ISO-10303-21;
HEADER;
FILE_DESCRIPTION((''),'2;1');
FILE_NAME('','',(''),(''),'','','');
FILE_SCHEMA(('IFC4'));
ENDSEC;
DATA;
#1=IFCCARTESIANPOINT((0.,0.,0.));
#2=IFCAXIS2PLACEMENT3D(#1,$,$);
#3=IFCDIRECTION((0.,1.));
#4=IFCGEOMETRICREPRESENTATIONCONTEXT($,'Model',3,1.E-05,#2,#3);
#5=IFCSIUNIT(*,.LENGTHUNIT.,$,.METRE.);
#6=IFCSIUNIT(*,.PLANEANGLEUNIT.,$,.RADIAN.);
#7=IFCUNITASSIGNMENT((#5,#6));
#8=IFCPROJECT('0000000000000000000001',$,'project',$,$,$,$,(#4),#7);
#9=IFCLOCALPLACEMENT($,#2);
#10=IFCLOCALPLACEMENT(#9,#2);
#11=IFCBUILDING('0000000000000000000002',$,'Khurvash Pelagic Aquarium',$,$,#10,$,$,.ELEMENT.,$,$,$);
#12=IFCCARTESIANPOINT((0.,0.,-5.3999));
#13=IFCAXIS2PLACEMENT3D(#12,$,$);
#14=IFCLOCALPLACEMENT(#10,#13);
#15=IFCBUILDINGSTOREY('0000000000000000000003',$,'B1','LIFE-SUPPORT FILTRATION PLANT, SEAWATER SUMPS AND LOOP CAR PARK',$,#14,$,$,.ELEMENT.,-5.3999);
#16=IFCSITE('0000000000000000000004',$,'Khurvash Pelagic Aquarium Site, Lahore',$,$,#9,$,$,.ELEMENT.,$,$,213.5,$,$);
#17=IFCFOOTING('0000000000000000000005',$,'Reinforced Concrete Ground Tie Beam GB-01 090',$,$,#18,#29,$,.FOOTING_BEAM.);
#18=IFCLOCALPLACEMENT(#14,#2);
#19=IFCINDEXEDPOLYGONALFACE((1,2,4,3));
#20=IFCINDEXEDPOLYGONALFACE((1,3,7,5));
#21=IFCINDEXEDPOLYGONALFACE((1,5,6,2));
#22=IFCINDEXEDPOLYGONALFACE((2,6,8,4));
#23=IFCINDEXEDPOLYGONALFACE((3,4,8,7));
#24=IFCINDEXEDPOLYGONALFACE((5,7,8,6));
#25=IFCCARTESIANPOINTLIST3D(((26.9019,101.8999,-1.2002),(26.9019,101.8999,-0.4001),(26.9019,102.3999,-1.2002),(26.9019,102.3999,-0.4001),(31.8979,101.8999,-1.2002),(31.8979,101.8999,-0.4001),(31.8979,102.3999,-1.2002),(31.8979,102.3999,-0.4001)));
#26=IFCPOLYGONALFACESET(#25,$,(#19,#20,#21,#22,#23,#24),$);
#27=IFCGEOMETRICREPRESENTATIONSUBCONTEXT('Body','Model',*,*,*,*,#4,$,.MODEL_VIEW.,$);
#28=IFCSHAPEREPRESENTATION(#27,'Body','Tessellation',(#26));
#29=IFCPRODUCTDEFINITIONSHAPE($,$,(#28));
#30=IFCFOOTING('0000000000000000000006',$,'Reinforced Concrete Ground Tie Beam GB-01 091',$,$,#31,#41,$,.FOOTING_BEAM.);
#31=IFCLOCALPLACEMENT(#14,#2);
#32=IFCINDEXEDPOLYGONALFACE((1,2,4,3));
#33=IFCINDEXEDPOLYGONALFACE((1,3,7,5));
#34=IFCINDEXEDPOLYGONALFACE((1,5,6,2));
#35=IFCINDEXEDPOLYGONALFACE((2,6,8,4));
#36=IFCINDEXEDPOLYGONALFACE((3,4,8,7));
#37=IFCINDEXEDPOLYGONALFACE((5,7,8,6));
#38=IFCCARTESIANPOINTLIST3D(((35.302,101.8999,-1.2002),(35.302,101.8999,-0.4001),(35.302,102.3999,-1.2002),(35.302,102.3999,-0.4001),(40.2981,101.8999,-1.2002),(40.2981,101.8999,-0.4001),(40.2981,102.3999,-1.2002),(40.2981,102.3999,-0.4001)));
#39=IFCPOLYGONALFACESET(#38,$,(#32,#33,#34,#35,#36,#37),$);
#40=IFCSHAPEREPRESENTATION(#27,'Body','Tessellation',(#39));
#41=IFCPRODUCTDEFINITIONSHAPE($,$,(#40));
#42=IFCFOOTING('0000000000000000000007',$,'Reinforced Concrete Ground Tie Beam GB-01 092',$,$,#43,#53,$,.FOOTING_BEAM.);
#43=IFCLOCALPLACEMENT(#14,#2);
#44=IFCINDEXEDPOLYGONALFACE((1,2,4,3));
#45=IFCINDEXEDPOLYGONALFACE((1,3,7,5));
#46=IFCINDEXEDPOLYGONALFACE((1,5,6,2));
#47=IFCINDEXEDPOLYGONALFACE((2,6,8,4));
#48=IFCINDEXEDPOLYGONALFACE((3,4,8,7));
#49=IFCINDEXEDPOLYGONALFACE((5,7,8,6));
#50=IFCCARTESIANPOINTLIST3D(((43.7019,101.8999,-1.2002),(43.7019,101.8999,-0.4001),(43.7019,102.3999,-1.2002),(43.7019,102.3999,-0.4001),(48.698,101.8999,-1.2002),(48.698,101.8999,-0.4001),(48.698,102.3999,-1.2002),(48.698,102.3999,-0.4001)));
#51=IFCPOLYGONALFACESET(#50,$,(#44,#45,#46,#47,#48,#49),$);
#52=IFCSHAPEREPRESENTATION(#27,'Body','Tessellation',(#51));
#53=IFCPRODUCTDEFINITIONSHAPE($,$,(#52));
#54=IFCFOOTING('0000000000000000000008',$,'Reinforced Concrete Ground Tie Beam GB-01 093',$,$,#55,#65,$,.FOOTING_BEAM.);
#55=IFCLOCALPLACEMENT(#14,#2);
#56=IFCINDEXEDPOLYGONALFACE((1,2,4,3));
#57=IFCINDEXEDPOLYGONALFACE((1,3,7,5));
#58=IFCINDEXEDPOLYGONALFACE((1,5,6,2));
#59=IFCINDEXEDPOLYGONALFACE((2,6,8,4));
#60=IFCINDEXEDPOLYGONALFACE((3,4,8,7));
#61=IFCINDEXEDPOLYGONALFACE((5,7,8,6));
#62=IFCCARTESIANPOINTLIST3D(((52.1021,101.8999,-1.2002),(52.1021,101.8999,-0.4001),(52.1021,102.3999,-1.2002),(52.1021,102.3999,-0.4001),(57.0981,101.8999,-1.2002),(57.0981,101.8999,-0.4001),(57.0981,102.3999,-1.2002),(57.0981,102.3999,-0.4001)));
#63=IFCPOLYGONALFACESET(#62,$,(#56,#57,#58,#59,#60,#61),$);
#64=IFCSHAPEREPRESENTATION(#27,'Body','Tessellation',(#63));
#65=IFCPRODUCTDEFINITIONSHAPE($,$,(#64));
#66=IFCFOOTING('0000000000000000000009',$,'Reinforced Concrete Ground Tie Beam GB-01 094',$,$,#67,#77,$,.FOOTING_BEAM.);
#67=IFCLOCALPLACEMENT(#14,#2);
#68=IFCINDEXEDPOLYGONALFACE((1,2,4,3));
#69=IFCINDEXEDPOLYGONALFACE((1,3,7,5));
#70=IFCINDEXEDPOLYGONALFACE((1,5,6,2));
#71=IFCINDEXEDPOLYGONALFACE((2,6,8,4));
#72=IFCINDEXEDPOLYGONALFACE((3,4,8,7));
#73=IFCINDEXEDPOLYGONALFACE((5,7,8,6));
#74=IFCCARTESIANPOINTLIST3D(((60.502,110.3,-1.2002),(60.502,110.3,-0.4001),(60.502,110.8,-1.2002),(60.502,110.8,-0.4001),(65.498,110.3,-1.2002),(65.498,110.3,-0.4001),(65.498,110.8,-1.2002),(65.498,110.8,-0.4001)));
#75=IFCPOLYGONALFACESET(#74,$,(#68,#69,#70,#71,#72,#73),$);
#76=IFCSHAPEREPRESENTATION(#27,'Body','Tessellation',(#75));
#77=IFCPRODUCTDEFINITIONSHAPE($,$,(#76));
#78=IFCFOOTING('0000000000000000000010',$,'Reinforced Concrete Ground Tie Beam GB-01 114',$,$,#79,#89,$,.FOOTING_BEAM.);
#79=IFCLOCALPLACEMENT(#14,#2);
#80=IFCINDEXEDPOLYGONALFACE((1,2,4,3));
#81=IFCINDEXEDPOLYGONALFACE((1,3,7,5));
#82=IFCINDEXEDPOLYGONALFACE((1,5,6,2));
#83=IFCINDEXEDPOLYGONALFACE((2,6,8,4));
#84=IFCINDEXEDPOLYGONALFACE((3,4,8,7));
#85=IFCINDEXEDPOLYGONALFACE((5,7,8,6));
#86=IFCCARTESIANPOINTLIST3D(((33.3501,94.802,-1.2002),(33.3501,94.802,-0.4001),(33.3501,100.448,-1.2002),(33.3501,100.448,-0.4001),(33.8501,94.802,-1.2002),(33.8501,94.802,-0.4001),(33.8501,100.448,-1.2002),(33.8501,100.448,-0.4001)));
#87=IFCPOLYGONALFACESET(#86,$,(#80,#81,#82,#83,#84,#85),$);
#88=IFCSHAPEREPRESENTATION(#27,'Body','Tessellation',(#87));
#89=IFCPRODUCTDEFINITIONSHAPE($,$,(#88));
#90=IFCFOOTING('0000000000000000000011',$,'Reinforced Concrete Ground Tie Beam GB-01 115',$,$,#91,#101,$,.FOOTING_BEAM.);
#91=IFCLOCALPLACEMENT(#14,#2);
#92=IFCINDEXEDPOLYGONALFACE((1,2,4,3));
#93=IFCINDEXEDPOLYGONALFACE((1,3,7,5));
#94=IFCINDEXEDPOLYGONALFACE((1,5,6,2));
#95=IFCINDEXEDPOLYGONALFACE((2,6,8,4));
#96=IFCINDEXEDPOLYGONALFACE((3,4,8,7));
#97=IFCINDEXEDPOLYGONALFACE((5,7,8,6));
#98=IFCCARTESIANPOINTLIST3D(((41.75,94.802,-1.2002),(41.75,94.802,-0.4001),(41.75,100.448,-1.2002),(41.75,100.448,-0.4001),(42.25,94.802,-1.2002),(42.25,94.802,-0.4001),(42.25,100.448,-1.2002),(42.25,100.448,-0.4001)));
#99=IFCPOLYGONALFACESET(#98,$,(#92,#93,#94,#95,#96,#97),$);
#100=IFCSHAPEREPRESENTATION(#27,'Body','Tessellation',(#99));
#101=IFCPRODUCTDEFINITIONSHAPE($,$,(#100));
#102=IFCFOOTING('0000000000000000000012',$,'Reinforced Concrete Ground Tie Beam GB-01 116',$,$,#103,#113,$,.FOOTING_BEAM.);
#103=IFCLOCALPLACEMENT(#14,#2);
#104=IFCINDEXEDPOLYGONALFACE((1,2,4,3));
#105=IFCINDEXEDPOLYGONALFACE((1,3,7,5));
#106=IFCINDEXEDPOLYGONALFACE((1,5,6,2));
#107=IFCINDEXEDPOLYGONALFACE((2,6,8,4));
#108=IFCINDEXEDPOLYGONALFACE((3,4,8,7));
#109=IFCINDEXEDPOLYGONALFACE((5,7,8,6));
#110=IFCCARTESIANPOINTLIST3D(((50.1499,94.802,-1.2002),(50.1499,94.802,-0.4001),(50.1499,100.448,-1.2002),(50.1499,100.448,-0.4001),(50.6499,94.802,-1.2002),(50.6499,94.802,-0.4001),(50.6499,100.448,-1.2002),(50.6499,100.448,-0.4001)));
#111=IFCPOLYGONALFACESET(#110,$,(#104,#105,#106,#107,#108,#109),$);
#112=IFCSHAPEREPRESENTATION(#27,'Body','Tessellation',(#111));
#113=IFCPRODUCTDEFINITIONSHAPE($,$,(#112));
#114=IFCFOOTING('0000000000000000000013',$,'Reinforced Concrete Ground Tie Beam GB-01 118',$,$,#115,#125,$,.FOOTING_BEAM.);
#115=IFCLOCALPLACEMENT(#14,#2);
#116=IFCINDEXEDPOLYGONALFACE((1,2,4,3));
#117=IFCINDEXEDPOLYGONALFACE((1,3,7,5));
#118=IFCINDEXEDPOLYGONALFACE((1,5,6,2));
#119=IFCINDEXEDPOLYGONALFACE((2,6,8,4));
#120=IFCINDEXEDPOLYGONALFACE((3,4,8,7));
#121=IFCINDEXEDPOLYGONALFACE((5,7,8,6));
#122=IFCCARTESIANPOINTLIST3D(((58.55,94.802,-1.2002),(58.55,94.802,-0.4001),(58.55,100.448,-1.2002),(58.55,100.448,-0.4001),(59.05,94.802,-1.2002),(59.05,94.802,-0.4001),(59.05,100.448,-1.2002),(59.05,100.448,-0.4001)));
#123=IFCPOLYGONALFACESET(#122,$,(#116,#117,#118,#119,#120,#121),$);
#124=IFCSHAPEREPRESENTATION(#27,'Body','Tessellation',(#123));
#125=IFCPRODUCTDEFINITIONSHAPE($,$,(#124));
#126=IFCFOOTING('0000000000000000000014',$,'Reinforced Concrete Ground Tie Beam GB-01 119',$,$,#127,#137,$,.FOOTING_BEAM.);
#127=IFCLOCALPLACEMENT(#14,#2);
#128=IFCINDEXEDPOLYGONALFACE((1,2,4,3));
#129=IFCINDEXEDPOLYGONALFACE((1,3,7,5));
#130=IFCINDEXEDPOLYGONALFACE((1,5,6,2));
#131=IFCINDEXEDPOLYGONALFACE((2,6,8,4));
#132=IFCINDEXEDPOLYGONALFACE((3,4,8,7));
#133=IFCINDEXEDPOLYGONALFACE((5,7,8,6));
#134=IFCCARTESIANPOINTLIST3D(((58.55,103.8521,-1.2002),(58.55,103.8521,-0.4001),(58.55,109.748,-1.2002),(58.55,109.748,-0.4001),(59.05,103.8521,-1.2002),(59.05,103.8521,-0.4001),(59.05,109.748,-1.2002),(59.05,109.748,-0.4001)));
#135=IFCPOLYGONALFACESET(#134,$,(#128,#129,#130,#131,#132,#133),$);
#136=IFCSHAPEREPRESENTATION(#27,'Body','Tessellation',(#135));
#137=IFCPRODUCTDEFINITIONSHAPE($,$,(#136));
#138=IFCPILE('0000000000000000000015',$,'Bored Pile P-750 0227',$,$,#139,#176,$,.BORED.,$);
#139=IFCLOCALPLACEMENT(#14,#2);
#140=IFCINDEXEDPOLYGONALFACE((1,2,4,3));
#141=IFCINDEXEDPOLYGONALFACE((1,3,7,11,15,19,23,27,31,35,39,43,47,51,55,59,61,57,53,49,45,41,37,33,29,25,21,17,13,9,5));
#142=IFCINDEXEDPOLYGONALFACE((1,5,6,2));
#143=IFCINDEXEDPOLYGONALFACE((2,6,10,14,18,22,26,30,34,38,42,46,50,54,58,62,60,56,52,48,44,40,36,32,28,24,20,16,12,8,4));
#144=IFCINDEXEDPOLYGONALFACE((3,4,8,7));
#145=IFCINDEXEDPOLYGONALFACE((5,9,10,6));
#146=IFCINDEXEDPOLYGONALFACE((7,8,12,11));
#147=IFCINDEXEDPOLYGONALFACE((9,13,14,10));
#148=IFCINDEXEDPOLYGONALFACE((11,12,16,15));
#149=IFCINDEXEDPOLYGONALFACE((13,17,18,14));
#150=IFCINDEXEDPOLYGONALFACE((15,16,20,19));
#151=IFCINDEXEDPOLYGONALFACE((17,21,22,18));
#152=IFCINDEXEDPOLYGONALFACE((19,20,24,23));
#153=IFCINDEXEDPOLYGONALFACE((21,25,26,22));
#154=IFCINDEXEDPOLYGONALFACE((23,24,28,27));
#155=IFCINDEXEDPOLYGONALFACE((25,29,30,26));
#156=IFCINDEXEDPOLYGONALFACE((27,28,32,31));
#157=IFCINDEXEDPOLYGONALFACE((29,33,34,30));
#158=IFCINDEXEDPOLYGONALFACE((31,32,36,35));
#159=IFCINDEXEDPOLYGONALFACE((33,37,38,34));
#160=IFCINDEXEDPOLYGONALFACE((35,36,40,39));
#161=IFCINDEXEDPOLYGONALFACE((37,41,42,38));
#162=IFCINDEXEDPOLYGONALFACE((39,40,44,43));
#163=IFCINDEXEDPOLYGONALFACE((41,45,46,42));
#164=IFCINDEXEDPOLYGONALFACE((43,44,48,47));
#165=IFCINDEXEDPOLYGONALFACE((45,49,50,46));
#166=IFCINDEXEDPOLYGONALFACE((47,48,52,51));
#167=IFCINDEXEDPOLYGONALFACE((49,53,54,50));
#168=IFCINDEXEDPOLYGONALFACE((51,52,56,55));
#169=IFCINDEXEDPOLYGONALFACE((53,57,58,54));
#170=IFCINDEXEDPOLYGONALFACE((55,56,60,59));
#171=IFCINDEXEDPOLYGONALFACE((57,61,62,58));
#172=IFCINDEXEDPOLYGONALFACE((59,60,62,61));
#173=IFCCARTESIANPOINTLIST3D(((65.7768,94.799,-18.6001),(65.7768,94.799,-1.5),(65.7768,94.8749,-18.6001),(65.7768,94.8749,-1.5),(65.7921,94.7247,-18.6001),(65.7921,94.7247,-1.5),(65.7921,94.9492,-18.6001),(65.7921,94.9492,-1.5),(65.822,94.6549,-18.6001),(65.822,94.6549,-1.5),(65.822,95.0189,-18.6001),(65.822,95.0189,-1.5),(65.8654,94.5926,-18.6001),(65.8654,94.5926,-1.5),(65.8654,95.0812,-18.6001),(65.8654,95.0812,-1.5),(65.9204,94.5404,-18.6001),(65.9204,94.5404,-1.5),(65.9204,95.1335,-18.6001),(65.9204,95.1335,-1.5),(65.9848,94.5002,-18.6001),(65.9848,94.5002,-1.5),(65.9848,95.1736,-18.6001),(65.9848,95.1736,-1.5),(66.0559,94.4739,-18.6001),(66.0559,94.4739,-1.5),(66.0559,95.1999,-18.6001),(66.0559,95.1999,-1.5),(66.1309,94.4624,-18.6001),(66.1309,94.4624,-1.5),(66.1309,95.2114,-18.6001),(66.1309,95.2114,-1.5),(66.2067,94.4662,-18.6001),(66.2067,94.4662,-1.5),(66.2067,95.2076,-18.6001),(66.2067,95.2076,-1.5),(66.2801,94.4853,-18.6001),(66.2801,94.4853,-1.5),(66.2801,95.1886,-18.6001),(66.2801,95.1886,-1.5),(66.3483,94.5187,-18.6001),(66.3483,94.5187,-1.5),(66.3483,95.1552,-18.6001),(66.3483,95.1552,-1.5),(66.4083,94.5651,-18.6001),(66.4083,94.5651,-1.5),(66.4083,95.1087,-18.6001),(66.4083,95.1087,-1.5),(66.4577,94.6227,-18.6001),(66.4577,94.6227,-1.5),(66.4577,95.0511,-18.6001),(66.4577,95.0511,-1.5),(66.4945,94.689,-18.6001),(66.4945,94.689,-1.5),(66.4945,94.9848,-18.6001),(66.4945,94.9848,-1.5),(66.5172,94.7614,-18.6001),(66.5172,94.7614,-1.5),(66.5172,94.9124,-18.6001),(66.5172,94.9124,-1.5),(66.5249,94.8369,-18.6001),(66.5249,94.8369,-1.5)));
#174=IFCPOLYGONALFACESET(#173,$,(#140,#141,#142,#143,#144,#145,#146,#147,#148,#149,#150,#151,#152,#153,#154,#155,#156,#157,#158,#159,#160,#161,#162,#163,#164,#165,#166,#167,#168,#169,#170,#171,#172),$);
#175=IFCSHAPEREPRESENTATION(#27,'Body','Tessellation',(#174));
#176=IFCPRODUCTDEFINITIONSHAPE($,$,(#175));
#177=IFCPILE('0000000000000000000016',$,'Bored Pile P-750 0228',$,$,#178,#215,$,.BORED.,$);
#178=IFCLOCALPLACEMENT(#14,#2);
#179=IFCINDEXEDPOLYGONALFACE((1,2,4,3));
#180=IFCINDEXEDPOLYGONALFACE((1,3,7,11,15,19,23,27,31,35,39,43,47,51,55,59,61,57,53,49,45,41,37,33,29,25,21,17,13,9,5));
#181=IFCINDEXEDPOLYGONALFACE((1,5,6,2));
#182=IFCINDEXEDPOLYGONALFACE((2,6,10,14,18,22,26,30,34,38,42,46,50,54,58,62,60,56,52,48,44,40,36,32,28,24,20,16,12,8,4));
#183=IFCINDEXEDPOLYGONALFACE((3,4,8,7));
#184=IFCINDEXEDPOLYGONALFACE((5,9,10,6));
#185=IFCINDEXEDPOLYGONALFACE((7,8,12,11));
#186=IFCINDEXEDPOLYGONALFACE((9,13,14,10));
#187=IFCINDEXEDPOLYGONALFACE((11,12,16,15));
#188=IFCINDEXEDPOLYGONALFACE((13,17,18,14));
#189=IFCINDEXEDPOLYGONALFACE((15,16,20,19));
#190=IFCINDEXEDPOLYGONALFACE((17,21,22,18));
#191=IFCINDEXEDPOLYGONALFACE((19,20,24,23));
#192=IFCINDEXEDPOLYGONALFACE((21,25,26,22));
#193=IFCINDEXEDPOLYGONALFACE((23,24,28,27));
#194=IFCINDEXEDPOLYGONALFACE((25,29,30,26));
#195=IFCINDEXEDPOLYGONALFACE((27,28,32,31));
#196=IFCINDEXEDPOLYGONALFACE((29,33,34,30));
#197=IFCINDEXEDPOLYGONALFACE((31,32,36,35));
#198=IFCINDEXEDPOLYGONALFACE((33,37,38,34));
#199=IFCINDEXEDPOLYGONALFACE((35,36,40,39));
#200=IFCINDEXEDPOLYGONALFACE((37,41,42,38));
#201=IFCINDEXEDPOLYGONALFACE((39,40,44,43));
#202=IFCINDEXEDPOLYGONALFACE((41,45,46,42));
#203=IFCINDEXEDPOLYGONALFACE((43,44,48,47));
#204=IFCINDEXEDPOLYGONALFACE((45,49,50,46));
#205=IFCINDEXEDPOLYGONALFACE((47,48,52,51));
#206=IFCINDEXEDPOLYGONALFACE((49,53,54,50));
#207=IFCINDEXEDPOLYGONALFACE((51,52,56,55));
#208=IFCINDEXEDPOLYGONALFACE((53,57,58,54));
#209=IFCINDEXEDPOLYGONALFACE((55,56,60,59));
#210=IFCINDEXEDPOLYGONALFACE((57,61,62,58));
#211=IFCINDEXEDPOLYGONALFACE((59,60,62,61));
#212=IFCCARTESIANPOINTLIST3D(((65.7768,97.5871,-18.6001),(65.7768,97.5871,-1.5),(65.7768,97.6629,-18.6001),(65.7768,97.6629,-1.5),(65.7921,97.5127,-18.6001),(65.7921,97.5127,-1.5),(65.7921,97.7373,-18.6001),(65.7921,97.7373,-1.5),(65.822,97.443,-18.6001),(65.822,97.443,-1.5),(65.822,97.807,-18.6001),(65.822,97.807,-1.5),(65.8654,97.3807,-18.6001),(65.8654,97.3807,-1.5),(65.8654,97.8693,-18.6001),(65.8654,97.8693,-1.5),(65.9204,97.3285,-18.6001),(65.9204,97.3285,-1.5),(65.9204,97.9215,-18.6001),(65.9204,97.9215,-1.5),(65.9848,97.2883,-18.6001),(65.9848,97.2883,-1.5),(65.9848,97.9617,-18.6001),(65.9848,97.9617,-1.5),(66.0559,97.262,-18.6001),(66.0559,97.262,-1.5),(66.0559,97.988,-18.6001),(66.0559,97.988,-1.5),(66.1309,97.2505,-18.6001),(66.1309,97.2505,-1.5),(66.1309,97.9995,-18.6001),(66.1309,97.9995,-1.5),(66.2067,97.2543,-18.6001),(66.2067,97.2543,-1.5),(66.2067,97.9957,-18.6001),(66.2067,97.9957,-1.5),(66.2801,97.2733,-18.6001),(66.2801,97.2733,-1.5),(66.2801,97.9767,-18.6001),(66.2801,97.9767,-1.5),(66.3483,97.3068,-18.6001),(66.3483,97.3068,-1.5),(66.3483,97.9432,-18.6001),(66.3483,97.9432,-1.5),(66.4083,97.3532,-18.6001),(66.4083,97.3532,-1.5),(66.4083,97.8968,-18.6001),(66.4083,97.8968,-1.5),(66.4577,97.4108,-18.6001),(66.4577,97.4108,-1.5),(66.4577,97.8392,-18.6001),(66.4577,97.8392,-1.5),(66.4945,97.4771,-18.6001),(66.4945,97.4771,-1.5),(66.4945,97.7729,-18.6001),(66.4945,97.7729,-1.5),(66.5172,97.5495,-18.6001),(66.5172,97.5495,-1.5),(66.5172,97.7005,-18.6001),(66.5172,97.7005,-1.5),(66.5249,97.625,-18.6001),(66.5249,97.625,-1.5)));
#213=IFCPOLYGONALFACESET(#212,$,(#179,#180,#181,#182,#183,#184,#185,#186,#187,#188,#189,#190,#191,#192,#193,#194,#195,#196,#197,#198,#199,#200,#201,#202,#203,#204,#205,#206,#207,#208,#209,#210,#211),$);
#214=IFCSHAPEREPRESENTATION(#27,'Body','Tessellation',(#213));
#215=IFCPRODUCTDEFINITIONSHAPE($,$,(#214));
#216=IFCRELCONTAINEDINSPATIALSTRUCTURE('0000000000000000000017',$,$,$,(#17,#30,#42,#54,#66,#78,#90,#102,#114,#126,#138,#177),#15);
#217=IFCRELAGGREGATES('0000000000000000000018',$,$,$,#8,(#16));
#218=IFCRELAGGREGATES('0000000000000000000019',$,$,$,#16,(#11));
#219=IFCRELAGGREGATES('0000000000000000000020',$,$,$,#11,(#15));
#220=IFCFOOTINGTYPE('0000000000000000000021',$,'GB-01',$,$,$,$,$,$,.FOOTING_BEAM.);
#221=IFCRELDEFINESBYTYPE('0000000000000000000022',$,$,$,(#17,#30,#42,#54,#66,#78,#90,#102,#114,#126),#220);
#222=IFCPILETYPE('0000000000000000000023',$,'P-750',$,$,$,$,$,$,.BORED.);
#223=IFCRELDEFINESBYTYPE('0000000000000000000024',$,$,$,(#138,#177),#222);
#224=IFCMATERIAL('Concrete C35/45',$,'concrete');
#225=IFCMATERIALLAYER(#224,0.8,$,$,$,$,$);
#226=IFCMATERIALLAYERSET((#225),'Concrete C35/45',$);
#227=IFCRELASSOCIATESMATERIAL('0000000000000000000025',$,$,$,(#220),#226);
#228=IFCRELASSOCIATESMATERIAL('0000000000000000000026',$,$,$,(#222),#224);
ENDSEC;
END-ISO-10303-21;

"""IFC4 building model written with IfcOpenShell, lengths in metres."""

from ifc_helpers import new_model, si_unit, direction, frame, origin, origin_2d, place, context, subcontext, project, spatial, rectangle, circle, extrude, material, layer, layer_set, material_profile, profile_set, type_object, element, save


model = new_model("IFC4")

# Units and contexts
model_context = context("Model", 3, precision=1e-05, world=origin(), true_north=direction((0.0, 1.0)))
body_context = subcontext(model_context, "Body", "Model", "MODEL_VIEW")
ifc_project = project(units=[si_unit("LENGTHUNIT", "METRE"), si_unit("PLANEANGLEUNIT", "RADIAN")], contexts=[model_context])

# Site, building, storey
site_placement = place(None, origin())
site = spatial("IfcSite", under=ifc_project, at=site_placement, Name="Khurvash Pelagic Aquarium Site, Lahore", CompositionType="ELEMENT", RefElevation=213.5)
building_placement = place(site_placement, origin())
building = spatial("IfcBuilding", under=site, at=building_placement, Name="Khurvash Pelagic Aquarium", CompositionType="ELEMENT")
storey_placement = place(building_placement, frame((0.0, 0.0, -5.3999)))
storey = spatial("IfcBuildingStorey", under=building, at=storey_placement, Name="B1", Description="LIFE-SUPPORT FILTRATION PLANT, SEAWATER SUMPS AND LOOP CAR PARK", CompositionType="ELEMENT", Elevation=-5.3999)

# Footings
ifc_material_1 = material(Name="Concrete C35/45", Category="concrete")
ifc_layer_1 = layer(ifc_material_1, 0.8)
ifc_layer_set_1 = layer_set([ifc_layer_1], Name="Concrete C35/45")
footing_type_1 = type_object("IfcFootingType", Name="GB-01", PredefinedType="FOOTING_BEAM", material=ifc_layer_set_1)
for number, where, z_axis, x_axis, name in (
    (1, (29.3999, 102.1499, -1.2002), (0.0, 0.0, 1.0), (1.0, 0.0, 0.0), "Reinforced Concrete Ground Tie Beam GB-01 090"),
    (2, (37.8, 102.1499, -1.2002), (0.0, 0.0, 1.0), (1.0, 0.0, 0.0), "Reinforced Concrete Ground Tie Beam GB-01 091"),
    (3, (46.2, 102.1499, -1.2002), (0.0, 0.0, 1.0), (1.0, 0.0, 0.0), "Reinforced Concrete Ground Tie Beam GB-01 092"),
    (4, (54.6001, 102.1499, -1.2002), (0.0, 0.0, 1.0), (1.0, 0.0, 0.0), "Reinforced Concrete Ground Tie Beam GB-01 093"),
    (5, (63.0, 110.55, -1.2002), (0.0, 0.0, 1.0), (1.0, 0.0, 0.0), "Reinforced Concrete Ground Tie Beam GB-01 094"),
):
    element("IfcFooting", number, at=place(storey_placement, frame(where, z_axis=z_axis, x_axis=x_axis)), inside=storey, type_object=footing_type_1, Name=name, PredefinedType="FOOTING_BEAM", context=body_context, shape_type="SweptSolid", body=[
        extrude(rectangle(XDim=4.9961, YDim=0.5, at=origin_2d()), origin(), (0.0, 0.0, 1.0), 0.8),
    ])
for number, where, z_axis, x_axis, name in (
    (6, (33.6001, 97.625, -1.2002), (0.0, 0.0, 1.0), (0.0, 1.0, 0.0), "Reinforced Concrete Ground Tie Beam GB-01 114"),
    (7, (42.0, 97.625, -1.2002), (0.0, 0.0, 1.0), (0.0, 1.0, 0.0), "Reinforced Concrete Ground Tie Beam GB-01 115"),
    (8, (50.3999, 97.625, -1.2002), (0.0, 0.0, 1.0), (0.0, 1.0, 0.0), "Reinforced Concrete Ground Tie Beam GB-01 116"),
    (9, (58.8, 97.625, -1.2002), (0.0, 0.0, 1.0), (0.0, 1.0, 0.0), "Reinforced Concrete Ground Tie Beam GB-01 118"),
):
    element("IfcFooting", number, at=place(storey_placement, frame(where, z_axis=z_axis, x_axis=x_axis)), inside=storey, type_object=footing_type_1, Name=name, PredefinedType="FOOTING_BEAM", context=body_context, shape_type="SweptSolid", body=[
        extrude(rectangle(XDim=5.646, YDim=0.5, at=origin_2d()), origin(), (0.0, 0.0, 1.0), 0.8),
    ])
footing_1_placement = place(storey_placement, frame((58.8, 106.8, -1.2002), z_axis=(0.0, 0.0, 1.0), x_axis=(0.0, 1.0, 0.0)))
element("IfcFooting", 10, at=footing_1_placement, inside=storey, type_object=footing_type_1, Name="Reinforced Concrete Ground Tie Beam GB-01 119", PredefinedType="FOOTING_BEAM", context=body_context, shape_type="SweptSolid", body=[
    extrude(rectangle(XDim=5.896, YDim=0.5, at=origin_2d()), origin(), (0.0, 0.0, 1.0), 0.8),
])

# Piles
ifc_material_profile_1 = material_profile(ifc_material_1, circle(Radius=0.375, at=origin_2d()), Name="PILE750")
ifc_profile_set_1 = profile_set([ifc_material_profile_1], Name="Concrete C35/45")
pile_type = type_object("IfcPileType", Name="P-750", PredefinedType="BORED", material=ifc_profile_set_1)
for number, where, z_axis, x_axis, name in (
    (11, (66.1499, 94.8369, -1.5), (0.0, 0.0, -1.0), (1.0, 0.0, 0.0), "Bored Pile P-750 0227"),
    (12, (66.1499, 97.625, -1.5), (0.0, 0.0, -1.0), (1.0, 0.0, 0.0), "Bored Pile P-750 0228"),
):
    element("IfcPile", number, at=place(storey_placement, frame(where, z_axis=z_axis, x_axis=x_axis)), inside=storey, type_object=pile_type, Name=name, PredefinedType="BORED", context=body_context, shape_type="SweptSolid", body=[
        extrude(circle(Radius=0.375, at=origin_2d()), origin(), (0.0, 0.0, 1.0), 17.1001),
    ])

save(model, "model.ifc")
